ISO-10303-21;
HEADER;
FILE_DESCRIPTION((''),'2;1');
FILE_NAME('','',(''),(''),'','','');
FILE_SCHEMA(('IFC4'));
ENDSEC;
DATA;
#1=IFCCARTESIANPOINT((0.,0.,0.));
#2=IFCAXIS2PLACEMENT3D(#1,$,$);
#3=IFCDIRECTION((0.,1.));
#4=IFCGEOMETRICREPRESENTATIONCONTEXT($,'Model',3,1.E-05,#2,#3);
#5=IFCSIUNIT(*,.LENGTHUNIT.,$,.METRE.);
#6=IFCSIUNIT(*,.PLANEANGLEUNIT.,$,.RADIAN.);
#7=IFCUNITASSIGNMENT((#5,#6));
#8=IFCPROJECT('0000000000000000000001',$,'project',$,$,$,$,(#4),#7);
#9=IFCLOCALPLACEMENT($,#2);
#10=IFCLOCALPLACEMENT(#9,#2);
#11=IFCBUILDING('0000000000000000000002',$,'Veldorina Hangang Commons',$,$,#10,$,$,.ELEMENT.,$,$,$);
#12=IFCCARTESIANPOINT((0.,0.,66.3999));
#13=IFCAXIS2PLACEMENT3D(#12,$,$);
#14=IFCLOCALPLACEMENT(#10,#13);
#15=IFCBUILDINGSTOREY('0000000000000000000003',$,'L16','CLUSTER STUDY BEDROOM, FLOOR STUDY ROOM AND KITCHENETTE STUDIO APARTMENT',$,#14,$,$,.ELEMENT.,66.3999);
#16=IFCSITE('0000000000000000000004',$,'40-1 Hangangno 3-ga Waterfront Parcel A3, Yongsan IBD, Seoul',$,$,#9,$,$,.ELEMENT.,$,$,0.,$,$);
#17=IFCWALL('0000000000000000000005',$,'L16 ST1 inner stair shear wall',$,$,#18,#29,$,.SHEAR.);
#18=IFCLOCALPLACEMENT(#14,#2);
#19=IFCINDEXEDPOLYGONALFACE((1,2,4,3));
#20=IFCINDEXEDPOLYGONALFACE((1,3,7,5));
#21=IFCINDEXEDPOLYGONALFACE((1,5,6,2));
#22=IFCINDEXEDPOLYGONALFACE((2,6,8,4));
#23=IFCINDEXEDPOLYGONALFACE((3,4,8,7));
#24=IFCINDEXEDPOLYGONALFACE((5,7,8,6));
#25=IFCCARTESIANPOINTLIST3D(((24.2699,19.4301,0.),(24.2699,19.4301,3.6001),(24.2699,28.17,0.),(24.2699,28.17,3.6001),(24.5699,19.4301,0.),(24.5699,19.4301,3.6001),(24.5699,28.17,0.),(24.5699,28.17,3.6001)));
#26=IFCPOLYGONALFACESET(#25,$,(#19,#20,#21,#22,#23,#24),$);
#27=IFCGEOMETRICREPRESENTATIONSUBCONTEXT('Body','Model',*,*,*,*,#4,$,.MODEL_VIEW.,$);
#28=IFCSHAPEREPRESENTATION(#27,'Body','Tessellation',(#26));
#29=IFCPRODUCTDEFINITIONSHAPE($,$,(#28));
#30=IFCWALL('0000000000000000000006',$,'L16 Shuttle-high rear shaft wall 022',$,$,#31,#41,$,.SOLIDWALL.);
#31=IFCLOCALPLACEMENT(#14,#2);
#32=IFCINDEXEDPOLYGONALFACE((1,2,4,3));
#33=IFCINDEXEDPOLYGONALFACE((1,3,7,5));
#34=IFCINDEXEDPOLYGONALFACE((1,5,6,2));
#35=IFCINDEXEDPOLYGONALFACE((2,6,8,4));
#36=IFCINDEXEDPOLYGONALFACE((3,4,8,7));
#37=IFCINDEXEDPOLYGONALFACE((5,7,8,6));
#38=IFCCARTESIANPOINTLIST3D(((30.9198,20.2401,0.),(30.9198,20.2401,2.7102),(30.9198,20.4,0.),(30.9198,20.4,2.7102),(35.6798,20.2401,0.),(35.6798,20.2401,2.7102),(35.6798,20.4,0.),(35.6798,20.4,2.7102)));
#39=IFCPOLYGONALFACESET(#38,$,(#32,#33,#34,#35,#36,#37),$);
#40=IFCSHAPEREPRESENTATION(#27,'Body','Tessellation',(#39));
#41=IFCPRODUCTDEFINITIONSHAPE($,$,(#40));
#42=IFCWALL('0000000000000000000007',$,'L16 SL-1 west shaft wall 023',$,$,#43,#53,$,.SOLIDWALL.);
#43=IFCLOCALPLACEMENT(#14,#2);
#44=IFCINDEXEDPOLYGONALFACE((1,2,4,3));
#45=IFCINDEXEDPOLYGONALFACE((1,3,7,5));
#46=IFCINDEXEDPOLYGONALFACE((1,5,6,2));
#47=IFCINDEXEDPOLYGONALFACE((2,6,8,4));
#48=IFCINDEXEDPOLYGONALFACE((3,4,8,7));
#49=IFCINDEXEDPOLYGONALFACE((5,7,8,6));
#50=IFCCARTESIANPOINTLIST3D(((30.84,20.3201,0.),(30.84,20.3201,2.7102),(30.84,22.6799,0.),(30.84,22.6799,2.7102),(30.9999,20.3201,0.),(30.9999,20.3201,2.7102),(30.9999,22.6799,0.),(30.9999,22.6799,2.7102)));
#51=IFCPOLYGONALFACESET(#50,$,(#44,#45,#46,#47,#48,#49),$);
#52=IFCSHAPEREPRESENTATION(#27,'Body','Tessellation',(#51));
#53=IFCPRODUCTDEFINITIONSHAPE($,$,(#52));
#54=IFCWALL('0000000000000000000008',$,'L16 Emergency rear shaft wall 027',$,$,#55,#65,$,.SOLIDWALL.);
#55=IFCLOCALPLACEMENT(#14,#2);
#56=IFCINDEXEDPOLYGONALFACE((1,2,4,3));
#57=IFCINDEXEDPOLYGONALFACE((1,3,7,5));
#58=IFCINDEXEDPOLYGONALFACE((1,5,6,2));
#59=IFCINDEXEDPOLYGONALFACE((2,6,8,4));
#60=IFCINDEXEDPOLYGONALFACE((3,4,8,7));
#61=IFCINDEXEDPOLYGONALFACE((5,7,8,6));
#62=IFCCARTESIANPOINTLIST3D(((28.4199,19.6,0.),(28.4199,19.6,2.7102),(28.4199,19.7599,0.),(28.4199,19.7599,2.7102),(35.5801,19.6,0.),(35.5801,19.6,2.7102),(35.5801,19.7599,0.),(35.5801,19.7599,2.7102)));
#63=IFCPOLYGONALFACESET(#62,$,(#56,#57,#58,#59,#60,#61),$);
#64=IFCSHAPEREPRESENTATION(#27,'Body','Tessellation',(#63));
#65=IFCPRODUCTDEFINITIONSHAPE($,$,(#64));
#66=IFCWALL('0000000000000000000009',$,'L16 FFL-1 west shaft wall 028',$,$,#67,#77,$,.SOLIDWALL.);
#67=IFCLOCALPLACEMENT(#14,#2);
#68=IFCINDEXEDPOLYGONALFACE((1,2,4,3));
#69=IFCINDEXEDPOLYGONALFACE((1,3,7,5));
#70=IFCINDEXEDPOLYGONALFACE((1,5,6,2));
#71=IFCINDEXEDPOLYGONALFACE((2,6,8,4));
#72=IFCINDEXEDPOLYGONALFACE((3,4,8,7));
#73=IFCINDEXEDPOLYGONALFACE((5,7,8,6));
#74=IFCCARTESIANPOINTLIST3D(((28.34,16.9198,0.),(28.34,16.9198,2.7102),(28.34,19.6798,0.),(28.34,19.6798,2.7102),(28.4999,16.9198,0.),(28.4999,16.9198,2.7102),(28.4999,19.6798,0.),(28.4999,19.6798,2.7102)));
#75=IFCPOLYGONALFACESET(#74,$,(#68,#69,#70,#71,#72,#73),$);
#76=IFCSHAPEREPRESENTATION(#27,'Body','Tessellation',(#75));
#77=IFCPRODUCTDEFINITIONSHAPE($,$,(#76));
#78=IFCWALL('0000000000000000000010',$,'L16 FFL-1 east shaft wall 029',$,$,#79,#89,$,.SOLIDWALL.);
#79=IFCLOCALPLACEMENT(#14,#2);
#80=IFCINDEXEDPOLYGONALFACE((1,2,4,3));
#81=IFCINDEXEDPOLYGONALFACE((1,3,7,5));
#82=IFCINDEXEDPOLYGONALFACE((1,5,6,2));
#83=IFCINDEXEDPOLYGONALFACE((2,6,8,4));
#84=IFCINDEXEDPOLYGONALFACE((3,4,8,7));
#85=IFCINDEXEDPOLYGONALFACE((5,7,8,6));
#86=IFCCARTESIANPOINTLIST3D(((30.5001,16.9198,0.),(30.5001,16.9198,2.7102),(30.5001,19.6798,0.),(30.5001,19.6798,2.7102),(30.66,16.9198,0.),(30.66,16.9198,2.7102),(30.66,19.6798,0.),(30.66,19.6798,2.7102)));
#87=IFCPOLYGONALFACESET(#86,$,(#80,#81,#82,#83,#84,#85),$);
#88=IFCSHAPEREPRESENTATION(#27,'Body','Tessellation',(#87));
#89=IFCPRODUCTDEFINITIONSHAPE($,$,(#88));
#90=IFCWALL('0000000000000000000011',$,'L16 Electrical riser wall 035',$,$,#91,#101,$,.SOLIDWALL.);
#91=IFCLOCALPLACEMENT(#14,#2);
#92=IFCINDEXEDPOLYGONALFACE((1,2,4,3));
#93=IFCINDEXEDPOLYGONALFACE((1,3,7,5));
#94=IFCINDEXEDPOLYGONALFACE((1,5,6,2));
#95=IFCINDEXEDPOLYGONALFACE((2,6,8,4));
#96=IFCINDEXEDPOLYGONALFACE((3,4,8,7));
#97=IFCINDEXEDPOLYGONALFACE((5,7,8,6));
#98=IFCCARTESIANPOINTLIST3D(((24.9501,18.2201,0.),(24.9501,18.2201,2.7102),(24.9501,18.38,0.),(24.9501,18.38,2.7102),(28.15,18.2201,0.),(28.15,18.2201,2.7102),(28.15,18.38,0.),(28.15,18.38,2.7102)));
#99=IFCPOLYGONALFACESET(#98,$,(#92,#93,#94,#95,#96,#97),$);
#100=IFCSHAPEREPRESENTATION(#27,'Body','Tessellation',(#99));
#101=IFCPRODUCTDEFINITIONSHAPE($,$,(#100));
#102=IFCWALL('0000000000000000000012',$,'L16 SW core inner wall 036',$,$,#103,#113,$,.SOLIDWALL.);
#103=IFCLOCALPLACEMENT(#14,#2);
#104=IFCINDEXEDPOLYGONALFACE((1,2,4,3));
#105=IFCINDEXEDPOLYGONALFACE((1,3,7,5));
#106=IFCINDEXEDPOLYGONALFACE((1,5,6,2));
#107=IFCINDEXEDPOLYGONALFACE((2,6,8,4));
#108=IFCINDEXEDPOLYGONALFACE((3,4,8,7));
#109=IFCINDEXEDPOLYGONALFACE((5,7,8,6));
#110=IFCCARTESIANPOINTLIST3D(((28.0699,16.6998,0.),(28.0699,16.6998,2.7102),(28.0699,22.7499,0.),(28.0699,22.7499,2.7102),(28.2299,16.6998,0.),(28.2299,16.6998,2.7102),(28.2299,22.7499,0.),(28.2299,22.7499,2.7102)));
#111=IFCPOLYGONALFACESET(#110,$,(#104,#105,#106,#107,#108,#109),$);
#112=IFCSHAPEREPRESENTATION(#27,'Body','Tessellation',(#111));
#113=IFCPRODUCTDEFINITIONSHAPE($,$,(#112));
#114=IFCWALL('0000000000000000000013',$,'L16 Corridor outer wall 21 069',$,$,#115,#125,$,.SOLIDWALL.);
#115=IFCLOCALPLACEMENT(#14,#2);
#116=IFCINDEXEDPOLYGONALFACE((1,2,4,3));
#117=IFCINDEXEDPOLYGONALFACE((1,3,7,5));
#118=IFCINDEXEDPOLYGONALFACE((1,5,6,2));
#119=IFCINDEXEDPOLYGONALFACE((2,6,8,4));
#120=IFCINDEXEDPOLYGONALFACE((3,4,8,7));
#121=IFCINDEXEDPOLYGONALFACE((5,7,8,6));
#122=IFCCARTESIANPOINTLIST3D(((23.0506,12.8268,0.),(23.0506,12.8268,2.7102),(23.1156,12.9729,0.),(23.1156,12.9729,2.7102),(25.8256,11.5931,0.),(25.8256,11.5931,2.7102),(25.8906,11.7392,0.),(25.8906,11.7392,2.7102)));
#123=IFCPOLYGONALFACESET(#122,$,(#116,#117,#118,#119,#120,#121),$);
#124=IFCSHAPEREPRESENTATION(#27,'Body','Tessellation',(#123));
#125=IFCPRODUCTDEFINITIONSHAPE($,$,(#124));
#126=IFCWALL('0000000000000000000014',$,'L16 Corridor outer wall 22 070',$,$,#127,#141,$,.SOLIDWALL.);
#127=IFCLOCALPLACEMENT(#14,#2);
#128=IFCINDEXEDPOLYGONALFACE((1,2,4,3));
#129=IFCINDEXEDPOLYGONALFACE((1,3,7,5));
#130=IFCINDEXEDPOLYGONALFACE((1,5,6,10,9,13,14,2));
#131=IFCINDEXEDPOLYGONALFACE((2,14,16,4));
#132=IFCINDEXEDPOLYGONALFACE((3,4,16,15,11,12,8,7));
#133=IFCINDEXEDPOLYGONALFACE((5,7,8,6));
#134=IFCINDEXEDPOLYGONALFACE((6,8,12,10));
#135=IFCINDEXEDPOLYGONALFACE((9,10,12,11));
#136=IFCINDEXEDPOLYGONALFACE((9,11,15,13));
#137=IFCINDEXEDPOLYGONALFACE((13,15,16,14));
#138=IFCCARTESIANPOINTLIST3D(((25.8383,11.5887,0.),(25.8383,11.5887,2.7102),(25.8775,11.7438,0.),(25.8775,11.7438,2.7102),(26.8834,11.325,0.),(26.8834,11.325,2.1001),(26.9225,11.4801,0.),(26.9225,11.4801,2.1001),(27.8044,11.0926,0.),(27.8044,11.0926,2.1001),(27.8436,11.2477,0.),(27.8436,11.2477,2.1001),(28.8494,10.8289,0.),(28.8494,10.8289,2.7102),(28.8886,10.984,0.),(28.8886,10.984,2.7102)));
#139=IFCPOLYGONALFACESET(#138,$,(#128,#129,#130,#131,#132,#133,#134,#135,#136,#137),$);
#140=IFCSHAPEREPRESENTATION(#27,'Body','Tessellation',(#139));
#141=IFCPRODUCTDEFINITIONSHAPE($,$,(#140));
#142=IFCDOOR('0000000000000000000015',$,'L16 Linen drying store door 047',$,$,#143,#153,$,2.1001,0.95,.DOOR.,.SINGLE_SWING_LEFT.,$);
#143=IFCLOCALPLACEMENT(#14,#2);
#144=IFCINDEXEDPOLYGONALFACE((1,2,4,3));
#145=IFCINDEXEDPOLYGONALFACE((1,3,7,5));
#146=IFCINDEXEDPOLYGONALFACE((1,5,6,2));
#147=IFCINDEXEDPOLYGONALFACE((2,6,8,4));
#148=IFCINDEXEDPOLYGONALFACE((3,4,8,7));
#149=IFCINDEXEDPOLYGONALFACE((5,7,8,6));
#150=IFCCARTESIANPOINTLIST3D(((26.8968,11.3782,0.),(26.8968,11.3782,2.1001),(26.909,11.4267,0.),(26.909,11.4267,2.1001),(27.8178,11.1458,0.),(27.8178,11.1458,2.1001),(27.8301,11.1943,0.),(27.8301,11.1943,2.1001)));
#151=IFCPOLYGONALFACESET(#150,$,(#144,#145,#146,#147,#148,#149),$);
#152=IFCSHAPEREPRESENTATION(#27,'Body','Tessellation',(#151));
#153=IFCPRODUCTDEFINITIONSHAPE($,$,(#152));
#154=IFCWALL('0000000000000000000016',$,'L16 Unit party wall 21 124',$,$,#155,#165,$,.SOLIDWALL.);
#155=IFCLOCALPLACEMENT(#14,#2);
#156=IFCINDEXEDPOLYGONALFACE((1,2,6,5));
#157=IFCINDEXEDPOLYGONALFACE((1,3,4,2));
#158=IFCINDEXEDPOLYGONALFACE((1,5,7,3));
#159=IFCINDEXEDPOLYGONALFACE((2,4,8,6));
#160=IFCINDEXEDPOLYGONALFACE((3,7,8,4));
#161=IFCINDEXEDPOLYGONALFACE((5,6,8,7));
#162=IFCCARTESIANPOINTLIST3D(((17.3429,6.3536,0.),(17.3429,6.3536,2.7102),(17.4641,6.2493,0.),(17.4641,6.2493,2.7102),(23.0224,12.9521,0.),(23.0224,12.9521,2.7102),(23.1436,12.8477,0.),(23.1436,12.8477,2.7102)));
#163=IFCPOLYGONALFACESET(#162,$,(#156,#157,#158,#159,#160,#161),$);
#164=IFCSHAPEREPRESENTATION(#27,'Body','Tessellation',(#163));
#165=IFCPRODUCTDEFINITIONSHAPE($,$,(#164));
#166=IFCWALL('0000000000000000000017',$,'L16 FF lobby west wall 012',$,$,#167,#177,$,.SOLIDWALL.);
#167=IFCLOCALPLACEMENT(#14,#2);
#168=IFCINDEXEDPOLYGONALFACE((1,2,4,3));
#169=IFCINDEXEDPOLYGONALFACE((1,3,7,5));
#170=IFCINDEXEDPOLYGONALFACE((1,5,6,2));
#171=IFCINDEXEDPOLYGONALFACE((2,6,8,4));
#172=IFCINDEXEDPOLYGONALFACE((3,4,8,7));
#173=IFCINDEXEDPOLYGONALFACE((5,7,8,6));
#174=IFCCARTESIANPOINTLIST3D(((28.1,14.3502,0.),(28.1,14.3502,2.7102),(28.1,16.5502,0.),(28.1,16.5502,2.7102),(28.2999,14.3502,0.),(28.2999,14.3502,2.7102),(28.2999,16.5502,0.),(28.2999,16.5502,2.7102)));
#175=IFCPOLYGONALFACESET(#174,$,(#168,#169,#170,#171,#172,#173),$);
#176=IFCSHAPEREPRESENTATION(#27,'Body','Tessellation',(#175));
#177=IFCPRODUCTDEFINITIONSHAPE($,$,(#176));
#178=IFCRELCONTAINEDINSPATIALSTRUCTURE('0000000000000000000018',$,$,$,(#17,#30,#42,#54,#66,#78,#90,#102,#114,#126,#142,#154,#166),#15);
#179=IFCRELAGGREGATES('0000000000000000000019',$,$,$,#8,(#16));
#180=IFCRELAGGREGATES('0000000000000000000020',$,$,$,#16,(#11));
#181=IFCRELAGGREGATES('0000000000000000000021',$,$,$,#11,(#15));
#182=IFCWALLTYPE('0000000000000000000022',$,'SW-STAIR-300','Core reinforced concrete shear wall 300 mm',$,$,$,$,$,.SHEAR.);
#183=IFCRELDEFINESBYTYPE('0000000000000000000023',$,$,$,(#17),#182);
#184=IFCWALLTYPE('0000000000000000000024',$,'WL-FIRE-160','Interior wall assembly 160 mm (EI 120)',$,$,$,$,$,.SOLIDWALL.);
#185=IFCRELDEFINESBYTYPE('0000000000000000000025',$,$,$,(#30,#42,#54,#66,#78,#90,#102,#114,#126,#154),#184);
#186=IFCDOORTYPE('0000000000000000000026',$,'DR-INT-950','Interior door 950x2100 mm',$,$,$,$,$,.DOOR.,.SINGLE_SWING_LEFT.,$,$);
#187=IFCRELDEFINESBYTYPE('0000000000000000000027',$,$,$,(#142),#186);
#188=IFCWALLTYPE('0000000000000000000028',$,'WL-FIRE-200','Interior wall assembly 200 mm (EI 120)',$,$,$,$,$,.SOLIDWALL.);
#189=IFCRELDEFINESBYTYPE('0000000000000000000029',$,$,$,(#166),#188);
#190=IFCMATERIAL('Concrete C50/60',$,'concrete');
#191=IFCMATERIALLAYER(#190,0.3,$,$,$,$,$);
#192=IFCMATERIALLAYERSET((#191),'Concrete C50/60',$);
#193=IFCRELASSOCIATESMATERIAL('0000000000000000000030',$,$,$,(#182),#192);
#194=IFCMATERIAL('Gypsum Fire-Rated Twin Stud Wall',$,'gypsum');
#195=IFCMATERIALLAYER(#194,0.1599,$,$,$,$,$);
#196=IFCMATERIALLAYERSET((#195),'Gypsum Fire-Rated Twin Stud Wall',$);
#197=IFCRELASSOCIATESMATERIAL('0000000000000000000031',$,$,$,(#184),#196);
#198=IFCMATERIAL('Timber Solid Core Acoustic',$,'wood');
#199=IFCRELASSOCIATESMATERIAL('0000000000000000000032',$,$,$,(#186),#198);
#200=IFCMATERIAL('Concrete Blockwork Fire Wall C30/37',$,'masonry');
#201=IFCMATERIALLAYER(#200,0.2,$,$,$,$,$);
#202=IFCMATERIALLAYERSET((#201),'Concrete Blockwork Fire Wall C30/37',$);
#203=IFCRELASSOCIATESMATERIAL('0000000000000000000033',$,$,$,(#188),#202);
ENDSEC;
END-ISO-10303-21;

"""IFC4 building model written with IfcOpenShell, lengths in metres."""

from ifc_helpers import new_model, si_unit, direction, frame, frame_2d, origin, place, context, subcontext, project, spatial, rectangle, extrude, material, layer, layer_set, type_object, element, fill, save


model = new_model("IFC4")

# Units and contexts
model_context = context("Model", 3, precision=1e-05, world=origin(), true_north=direction((0.0, 1.0)))
body_context = subcontext(model_context, "Body", "Model", "MODEL_VIEW")
ifc_project = project(units=[si_unit("LENGTHUNIT", "METRE"), si_unit("PLANEANGLEUNIT", "RADIAN")], contexts=[model_context])

# Site, building, storey
site_placement = place(None, origin())
site = spatial("IfcSite", under=ifc_project, at=site_placement, Name="40-1 Hangangno 3-ga Waterfront Parcel A3, Yongsan IBD, Seoul", CompositionType="ELEMENT", RefElevation=0.0)
building_placement = place(site_placement, origin())
building = spatial("IfcBuilding", under=site, at=building_placement, Name="Veldorina Hangang Commons", CompositionType="ELEMENT")
storey_placement = place(building_placement, frame((0.0, 0.0, 66.3999)))
storey = spatial("IfcBuildingStorey", under=building, at=storey_placement, Name="L16", Description="CLUSTER STUDY BEDROOM, FLOOR STUDY ROOM AND KITCHENETTE STUDIO APARTMENT", CompositionType="ELEMENT", Elevation=66.3999)

# Walls
ifc_material_1 = material(Name="Concrete C50/60", Category="concrete")
ifc_layer_1 = layer(ifc_material_1, 0.3)
ifc_layer_set_1 = layer_set([ifc_layer_1], Name="Concrete C50/60")
wall_type_1 = type_object("IfcWallType", Name="SW-STAIR-300", Description="Core reinforced concrete shear wall 300 mm", PredefinedType="SHEAR", material=ifc_layer_set_1)
wall_1_placement = place(storey_placement, frame((24.4199, 19.4299, 0.0), z_axis=(0.0, 0.0, 1.0), x_axis=(0.0, 1.0, 0.0)))
element("IfcWall", 1, at=wall_1_placement, inside=storey, type_object=wall_type_1, Name="L16 ST1 inner stair shear wall", PredefinedType="SHEAR", context=body_context, shape_type="SweptSolid", body=[
    extrude(rectangle(XDim=8.74, YDim=0.3, at=frame_2d((4.3701, 0.0))), origin(), (0.0, 0.0, 1.0), 3.6001),
])
ifc_material_2 = material(Name="Gypsum Fire-Rated Twin Stud Wall", Category="gypsum")
ifc_layer_2 = layer(ifc_material_2, 0.1599)
ifc_layer_set_2 = layer_set([ifc_layer_2], Name="Gypsum Fire-Rated Twin Stud Wall")
wall_type_2 = type_object("IfcWallType", Name="WL-FIRE-160", Description="Interior wall assembly 160 mm (EI 120)", PredefinedType="SOLIDWALL", material=ifc_layer_set_2)
wall_2_placement = place(storey_placement, frame((30.9199, 20.3201, 0.0), z_axis=(0.0, 0.0, 1.0), x_axis=(1.0, 0.0, 0.0)))
element("IfcWall", 2, at=wall_2_placement, inside=storey, type_object=wall_type_2, Name="L16 Shuttle-high rear shaft wall 022", PredefinedType="SOLIDWALL", context=body_context, shape_type="SweptSolid", body=[
    extrude(rectangle(XDim=4.76, YDim=0.1599, at=frame_2d((2.3799, 0.0))), origin(), (0.0, 0.0, 1.0), 2.7102),
])
wall_3_placement = place(storey_placement, frame((30.9199, 20.3201, 0.0), z_axis=(0.0, 0.0, 1.0), x_axis=(0.0, 1.0, 0.0)))
element("IfcWall", 3, at=wall_3_placement, inside=storey, type_object=wall_type_2, Name="L16 SL-1 west shaft wall 023", PredefinedType="SOLIDWALL", context=body_context, shape_type="SweptSolid", body=[
    extrude(rectangle(XDim=2.3599, YDim=0.1599, at=frame_2d((1.1799, 0.0))), origin(), (0.0, 0.0, 1.0), 2.7102),
])

# Walls
wall_4_placement = place(storey_placement, frame((28.4199, 19.6799, 0.0), z_axis=(0.0, 0.0, 1.0), x_axis=(1.0, 0.0, 0.0)))
element("IfcWall", 4, at=wall_4_placement, inside=storey, type_object=wall_type_2, Name="L16 Emergency rear shaft wall 027", PredefinedType="SOLIDWALL", context=body_context, shape_type="SweptSolid", body=[
    extrude(rectangle(XDim=7.1602, YDim=0.1599, at=frame_2d((3.5801, 0.0))), origin(), (0.0, 0.0, 1.0), 2.7102),
])
for number, where, z_axis, x_axis, name in (
    (5, (28.4199, 16.9199, 0.0), (0.0, 0.0, 1.0), (0.0, 1.0, 0.0), "L16 FFL-1 west shaft wall 028"),
    (6, (30.5801, 16.9199, 0.0), (0.0, 0.0, 1.0), (0.0, 1.0, 0.0), "L16 FFL-1 east shaft wall 029"),
):
    element("IfcWall", number, at=place(storey_placement, frame(where, z_axis=z_axis, x_axis=x_axis)), inside=storey, type_object=wall_type_2, Name=name, PredefinedType="SOLIDWALL", context=body_context, shape_type="SweptSolid", body=[
        extrude(rectangle(XDim=2.76, YDim=0.1599, at=frame_2d((1.3799, 0.0))), origin(), (0.0, 0.0, 1.0), 2.7102),
    ])
wall_5_placement = place(storey_placement, frame((24.95, 18.3, 0.0), z_axis=(0.0, 0.0, 1.0), x_axis=(1.0, 0.0, 0.0)))
element("IfcWall", 7, at=wall_5_placement, inside=storey, type_object=wall_type_2, Name="L16 Electrical riser wall 035", PredefinedType="SOLIDWALL", context=body_context, shape_type="SweptSolid", body=[
    extrude(rectangle(XDim=3.2, YDim=0.1599, at=frame_2d((1.6001, 0.0))), origin(), (0.0, 0.0, 1.0), 2.7102),
])
wall_6_placement = place(storey_placement, frame((28.1499, 16.7, 0.0), z_axis=(0.0, 0.0, 1.0), x_axis=(0.0, 1.0, 0.0)))
element("IfcWall", 8, at=wall_6_placement, inside=storey, type_object=wall_type_2, Name="L16 SW core inner wall 036", PredefinedType="SOLIDWALL", context=body_context, shape_type="SweptSolid", body=[
    extrude(rectangle(XDim=6.05, YDim=0.1599, at=frame_2d((3.0249, 0.0))), origin(), (0.0, 0.0, 1.0), 2.7102),
])
wall_7_placement = place(storey_placement, frame((23.083, 12.8999, 0.0), z_axis=(0.0, 0.0, 1.0), x_axis=(0.913768, -0.406235, 0.0)))
element("IfcWall", 9, at=wall_7_placement, inside=storey, type_object=wall_type_2, Name="L16 Corridor outer wall 21 069", PredefinedType="SOLIDWALL", context=body_context, shape_type="SweptSolid", body=[
    extrude(rectangle(XDim=3.0369, YDim=0.1599, at=frame_2d((1.5186, 0.0))), origin(), (0.0, 0.0, 1.0), 2.7102),
])

# Wall, opening, door
wall_8_placement = place(storey_placement, frame((25.8579, 11.6663, 0.0), z_axis=(0.0, 0.0, 1.0), x_axis=(0.969608, -0.244662, 0.0)))
wall_8 = element("IfcWall", 10, at=wall_8_placement, inside=storey, type_object=wall_type_2, Name="L16 Corridor outer wall 22 070", PredefinedType="SOLIDWALL", context=body_context, shape_type="SweptSolid", body=[
    extrude(rectangle(XDim=3.1055, YDim=0.1599, at=frame_2d((1.5527, 0.0))), origin(), (0.0, 0.0, 1.0), 2.7102),
])
opening_1_placement = place(wall_8_placement, frame((1.0776, 0.0, 0.0)))
opening_1 = element("IfcOpeningElement", 11, at=opening_1_placement, cuts=wall_8, PredefinedType="OPENING", context=body_context, shape_type="SweptSolid", body=[
    extrude(rectangle(XDim=0.95, YDim=2.1001, at=frame_2d((0.4751, 1.05))), frame((0.0, 0.0898, 0.0), z_axis=(0.0, -1.0, 0.0), x_axis=(1.0, 0.0, 0.0)), (0.0, 0.0, 1.0), 0.1799),
])
ifc_material_3 = material(Name="Timber Solid Core Acoustic", Category="wood")
door_type_1 = type_object("IfcDoorType", Name="DR-INT-950", Description="Interior door 950x2100 mm", OperationType="SINGLE_SWING_LEFT", PredefinedType="DOOR", material=ifc_material_3)
door_1_placement = place(opening_1_placement, origin())
door_1 = element("IfcDoor", 12, at=door_1_placement, inside=storey, type_object=door_type_1, Name="L16 Linen drying store door 047", OperationType="SINGLE_SWING_LEFT", OverallHeight=2.1001, OverallWidth=0.95, PredefinedType="DOOR", context=body_context, shape_type="SweptSolid", body=[
    extrude(rectangle(XDim=0.95, YDim=2.1001, at=frame_2d((0.4751, 1.05))), frame((0.0, 0.0249, 0.0), z_axis=(0.0, -1.0, 0.0), x_axis=(1.0, 0.0, 0.0)), (0.0, 0.0, 1.0), 0.05),
])
fill(opening_1, door_1)

# Walls
wall_9_placement = place(storey_placement, frame((23.083, 12.8999, 0.0), z_axis=(0.0, 0.0, 1.0), x_axis=(-0.652358, -0.757911, 0.0)))
element("IfcWall", 13, at=wall_9_placement, inside=storey, type_object=wall_type_2, Name="L16 Unit party wall 21 124", PredefinedType="SOLIDWALL", context=body_context, shape_type="SweptSolid", body=[
    extrude(rectangle(XDim=8.7061, YDim=0.1599, at=frame_2d((4.353, 0.0))), origin(), (0.0, 0.0, 1.0), 2.7102),
])
ifc_material_4 = material(Name="Concrete Blockwork Fire Wall C30/37", Category="masonry")
ifc_layer_3 = layer(ifc_material_4, 0.2)
ifc_layer_set_3 = layer_set([ifc_layer_3], Name="Concrete Blockwork Fire Wall C30/37")
wall_type_3 = type_object("IfcWallType", Name="WL-FIRE-200", Description="Interior wall assembly 200 mm (EI 120)", PredefinedType="SOLIDWALL", material=ifc_layer_set_3)
wall_10_placement = place(storey_placement, frame((28.2, 14.3501, 0.0), z_axis=(0.0, 0.0, 1.0), x_axis=(0.0, 1.0, 0.0)))
element("IfcWall", 14, at=wall_10_placement, inside=storey, type_object=wall_type_3, Name="L16 FF lobby west wall 012", PredefinedType="SOLIDWALL", context=body_context, shape_type="SweptSolid", body=[
    extrude(rectangle(XDim=2.2, YDim=0.2, at=frame_2d((1.1001, 0.0))), origin(), (0.0, 0.0, 1.0), 2.7102),
])

save(model, "model.ifc")
